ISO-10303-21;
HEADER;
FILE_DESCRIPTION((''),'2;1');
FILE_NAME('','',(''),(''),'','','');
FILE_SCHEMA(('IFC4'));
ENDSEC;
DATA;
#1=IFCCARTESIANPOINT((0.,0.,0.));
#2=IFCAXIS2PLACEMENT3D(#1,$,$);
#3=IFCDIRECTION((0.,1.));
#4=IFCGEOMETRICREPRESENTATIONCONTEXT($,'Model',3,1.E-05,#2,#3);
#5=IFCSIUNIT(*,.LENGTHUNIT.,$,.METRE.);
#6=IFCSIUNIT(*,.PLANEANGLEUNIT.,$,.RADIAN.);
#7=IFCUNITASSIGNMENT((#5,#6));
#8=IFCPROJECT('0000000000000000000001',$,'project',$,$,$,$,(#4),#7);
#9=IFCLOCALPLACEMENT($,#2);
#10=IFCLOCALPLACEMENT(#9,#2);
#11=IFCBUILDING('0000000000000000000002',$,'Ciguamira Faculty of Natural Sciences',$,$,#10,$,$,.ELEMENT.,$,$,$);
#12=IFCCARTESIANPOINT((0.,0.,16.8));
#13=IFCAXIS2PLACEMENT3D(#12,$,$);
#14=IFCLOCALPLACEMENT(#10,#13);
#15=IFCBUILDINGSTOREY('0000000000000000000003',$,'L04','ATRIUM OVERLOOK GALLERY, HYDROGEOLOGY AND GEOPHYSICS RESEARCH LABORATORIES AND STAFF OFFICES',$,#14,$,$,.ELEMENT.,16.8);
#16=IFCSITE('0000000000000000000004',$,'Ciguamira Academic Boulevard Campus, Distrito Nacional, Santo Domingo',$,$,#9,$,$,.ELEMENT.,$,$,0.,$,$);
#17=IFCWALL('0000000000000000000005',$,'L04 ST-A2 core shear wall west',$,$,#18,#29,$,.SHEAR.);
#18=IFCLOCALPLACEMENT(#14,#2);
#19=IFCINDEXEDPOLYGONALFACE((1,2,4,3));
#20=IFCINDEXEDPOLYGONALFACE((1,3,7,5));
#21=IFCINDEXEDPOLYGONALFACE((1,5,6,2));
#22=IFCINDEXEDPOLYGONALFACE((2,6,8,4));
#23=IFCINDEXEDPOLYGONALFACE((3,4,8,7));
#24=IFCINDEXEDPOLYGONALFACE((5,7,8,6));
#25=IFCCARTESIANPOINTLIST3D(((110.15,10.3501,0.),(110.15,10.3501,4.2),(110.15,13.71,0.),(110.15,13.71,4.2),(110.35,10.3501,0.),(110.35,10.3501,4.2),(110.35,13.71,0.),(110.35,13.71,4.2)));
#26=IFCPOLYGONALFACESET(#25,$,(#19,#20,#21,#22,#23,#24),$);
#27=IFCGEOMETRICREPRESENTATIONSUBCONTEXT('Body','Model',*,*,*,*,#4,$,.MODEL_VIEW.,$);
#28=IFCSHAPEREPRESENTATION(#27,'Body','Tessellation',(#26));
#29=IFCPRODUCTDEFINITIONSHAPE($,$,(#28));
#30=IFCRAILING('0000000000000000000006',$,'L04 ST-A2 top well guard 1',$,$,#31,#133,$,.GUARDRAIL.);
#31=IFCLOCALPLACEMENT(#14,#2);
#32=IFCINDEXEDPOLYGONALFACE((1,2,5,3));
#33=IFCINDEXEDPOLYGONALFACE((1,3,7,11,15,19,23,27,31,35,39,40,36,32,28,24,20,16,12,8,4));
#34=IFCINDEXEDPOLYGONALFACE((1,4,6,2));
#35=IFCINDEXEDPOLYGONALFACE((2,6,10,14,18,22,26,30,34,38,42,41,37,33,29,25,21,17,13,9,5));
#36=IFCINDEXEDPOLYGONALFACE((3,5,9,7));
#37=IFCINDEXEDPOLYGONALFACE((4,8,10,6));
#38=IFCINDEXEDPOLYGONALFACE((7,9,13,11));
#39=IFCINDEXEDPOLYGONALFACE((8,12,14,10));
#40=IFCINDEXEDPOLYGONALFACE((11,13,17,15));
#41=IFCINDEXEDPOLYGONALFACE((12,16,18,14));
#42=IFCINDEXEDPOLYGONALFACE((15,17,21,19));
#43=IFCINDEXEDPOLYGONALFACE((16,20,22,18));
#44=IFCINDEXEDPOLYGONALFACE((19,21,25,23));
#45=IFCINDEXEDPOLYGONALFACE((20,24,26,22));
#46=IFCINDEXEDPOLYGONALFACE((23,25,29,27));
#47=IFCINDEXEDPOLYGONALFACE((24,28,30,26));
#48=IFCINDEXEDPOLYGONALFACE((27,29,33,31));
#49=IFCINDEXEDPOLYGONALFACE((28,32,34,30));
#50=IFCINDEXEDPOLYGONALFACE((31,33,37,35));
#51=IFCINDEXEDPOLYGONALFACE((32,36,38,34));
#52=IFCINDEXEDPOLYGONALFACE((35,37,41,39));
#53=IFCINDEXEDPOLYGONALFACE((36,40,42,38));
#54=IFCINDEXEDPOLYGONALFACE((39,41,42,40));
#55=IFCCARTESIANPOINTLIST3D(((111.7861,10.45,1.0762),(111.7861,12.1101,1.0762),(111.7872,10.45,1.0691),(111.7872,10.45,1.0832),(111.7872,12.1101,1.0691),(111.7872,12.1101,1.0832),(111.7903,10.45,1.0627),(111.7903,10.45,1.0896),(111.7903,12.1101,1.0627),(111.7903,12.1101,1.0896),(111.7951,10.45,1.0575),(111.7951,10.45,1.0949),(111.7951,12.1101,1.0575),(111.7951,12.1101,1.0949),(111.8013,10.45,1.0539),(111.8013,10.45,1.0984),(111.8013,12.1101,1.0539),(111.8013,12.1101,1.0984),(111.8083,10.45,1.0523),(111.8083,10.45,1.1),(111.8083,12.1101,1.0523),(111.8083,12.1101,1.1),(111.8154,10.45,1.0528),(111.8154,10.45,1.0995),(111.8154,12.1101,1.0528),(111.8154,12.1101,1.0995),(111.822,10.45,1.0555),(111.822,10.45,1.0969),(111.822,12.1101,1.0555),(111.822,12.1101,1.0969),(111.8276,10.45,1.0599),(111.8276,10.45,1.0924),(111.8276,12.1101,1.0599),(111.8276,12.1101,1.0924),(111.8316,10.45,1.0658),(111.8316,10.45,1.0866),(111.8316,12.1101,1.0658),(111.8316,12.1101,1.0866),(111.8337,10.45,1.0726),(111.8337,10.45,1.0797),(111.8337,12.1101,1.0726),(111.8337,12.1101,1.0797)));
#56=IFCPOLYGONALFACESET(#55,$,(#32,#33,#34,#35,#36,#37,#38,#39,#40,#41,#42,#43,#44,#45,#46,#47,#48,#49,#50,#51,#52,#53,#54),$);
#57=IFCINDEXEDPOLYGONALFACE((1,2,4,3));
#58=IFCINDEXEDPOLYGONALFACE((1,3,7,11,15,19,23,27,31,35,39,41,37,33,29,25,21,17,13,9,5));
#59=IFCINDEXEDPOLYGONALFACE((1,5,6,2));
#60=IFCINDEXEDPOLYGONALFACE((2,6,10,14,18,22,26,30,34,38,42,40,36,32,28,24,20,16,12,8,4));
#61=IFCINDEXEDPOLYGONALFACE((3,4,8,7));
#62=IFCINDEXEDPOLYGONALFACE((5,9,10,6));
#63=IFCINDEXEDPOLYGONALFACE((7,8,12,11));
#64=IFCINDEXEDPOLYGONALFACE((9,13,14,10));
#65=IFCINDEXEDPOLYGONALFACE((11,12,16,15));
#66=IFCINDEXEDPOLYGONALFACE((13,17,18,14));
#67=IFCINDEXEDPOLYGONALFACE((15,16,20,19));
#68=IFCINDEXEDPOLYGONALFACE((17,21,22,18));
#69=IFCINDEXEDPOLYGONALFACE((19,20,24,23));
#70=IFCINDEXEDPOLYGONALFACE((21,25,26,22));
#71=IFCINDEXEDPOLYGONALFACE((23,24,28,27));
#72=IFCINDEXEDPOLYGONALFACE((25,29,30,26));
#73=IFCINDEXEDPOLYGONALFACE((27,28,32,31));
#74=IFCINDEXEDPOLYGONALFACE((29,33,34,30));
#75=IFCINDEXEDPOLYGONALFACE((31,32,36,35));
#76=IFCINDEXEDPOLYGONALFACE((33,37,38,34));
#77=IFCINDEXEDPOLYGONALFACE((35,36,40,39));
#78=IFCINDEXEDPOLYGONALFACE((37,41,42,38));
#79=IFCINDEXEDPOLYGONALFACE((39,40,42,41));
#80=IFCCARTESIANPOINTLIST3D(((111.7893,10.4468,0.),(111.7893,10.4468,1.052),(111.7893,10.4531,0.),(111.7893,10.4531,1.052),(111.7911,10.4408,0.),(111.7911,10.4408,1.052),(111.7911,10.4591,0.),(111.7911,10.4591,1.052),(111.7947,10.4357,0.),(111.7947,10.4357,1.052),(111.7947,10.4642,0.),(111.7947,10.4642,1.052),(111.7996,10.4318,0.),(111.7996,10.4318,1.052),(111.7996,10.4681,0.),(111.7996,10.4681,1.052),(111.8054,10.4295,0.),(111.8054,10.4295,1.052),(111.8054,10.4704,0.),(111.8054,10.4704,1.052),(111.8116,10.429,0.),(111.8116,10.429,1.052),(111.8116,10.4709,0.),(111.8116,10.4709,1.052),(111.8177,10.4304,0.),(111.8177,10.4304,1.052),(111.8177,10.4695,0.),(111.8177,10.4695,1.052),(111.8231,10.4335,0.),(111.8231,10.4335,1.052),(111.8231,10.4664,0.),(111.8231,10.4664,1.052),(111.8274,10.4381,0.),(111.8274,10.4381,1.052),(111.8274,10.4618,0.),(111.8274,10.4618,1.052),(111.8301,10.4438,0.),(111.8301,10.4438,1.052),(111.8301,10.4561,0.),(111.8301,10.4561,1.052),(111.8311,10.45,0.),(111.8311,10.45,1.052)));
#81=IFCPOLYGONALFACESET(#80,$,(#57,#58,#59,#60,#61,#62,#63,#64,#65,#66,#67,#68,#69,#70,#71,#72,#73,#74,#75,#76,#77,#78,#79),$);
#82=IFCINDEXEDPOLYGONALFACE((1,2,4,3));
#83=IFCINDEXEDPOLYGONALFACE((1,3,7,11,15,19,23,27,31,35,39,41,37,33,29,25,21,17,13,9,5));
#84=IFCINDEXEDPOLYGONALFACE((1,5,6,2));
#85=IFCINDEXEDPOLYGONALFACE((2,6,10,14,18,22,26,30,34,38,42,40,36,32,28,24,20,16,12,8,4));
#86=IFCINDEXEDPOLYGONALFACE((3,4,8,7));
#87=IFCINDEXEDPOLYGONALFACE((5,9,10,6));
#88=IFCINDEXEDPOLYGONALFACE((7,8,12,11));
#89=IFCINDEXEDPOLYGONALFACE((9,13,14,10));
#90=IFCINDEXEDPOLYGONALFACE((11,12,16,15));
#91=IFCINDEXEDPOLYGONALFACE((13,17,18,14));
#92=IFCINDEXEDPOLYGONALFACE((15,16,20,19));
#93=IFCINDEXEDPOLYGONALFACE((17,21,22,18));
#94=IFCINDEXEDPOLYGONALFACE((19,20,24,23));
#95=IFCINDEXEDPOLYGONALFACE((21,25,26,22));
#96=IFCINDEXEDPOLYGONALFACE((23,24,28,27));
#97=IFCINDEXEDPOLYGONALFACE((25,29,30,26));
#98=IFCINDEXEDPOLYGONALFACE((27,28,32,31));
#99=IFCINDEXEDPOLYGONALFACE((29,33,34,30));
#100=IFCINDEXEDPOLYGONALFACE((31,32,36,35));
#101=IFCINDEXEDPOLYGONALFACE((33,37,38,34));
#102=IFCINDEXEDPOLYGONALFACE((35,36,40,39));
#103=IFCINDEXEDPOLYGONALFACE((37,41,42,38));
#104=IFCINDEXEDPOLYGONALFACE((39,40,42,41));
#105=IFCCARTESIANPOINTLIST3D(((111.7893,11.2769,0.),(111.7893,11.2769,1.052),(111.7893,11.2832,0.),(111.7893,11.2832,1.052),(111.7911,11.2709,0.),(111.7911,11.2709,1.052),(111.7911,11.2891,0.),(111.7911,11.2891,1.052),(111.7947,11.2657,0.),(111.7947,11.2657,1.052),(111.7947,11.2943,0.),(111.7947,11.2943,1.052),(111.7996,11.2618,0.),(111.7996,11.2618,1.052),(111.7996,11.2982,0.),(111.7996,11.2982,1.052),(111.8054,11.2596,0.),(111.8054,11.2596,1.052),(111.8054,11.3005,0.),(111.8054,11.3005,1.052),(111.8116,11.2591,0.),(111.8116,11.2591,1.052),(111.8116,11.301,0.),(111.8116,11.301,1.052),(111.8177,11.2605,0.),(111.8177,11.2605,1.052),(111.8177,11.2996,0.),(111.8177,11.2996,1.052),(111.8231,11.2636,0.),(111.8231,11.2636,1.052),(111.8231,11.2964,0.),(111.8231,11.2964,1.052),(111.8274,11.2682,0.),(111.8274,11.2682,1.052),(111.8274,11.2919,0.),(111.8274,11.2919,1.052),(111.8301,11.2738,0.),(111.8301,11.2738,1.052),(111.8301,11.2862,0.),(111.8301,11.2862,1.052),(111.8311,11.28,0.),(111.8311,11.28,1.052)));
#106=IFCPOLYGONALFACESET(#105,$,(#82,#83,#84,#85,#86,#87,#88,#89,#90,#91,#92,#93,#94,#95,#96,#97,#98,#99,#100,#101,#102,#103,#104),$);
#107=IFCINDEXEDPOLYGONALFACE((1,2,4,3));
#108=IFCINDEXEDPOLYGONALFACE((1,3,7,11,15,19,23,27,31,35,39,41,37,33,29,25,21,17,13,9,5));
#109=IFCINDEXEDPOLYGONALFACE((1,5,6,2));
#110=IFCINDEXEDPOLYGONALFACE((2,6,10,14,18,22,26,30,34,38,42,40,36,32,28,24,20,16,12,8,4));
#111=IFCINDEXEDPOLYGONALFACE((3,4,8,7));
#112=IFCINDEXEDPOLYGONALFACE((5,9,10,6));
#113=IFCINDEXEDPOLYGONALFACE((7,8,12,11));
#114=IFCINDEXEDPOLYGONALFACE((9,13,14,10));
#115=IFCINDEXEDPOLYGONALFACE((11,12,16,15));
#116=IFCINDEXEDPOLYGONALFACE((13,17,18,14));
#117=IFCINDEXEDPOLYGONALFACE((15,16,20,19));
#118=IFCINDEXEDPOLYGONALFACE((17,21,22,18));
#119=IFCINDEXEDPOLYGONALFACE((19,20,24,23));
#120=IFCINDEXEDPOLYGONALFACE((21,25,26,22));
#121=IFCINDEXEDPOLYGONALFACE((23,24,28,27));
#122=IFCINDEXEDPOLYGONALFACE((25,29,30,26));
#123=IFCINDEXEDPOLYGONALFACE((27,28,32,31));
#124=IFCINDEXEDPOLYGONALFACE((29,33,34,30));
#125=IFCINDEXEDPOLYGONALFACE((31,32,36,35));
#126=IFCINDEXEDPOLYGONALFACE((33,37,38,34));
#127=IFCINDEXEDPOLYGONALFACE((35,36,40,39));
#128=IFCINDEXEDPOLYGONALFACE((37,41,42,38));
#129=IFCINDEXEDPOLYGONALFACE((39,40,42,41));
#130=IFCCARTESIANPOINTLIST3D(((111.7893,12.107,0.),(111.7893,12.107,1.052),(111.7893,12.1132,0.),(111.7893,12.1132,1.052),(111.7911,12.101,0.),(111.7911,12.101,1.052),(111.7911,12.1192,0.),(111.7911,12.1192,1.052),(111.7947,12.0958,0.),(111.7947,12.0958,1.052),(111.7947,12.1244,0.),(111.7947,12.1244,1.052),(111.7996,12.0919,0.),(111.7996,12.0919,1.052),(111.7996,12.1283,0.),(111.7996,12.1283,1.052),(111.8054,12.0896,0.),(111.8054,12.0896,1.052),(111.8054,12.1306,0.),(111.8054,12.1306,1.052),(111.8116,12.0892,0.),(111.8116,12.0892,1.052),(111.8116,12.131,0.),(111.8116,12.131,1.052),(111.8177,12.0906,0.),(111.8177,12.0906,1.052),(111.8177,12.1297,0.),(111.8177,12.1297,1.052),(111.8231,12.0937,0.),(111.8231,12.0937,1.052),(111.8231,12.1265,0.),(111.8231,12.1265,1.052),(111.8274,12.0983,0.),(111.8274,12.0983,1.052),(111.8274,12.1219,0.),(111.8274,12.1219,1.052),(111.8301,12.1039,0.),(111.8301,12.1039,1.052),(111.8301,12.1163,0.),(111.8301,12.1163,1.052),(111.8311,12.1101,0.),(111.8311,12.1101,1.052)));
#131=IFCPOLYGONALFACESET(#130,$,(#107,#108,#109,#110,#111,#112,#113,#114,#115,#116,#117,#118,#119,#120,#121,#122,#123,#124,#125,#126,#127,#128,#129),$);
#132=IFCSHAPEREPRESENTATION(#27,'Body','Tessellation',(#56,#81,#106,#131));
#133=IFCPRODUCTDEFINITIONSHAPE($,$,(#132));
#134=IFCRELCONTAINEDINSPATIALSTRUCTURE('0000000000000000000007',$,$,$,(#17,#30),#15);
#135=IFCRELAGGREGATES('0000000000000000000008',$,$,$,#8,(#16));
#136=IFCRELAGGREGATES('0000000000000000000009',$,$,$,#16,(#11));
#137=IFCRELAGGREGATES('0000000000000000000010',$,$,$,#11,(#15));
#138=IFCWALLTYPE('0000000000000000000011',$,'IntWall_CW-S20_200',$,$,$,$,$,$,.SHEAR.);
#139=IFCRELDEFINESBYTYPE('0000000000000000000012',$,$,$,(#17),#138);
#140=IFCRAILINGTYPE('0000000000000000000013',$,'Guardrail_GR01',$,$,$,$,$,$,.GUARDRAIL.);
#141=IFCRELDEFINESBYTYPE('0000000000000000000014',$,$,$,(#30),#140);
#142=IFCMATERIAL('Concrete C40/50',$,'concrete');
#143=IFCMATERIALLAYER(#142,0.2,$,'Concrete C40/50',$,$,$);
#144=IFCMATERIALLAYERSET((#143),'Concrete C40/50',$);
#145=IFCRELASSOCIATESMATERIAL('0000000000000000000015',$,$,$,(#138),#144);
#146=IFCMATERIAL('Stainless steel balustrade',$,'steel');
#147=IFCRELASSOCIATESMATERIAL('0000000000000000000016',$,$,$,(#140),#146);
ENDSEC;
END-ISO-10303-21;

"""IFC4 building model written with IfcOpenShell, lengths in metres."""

from ifc_helpers import new_model, si_unit, direction, frame, frame_2d, origin, origin_2d, place, context, subcontext, project, spatial, rectangle, circle, extrude, material, layer, layer_set, type_object, element, save


model = new_model("IFC4")

# Units and contexts
model_context = context("Model", 3, precision=1e-05, world=origin(), true_north=direction((0.0, 1.0)))
body_context = subcontext(model_context, "Body", "Model", "MODEL_VIEW")
ifc_project = project(units=[si_unit("LENGTHUNIT", "METRE"), si_unit("PLANEANGLEUNIT", "RADIAN")], contexts=[model_context])

# Site, building, storey
site_placement = place(None, origin())
site = spatial("IfcSite", under=ifc_project, at=site_placement, Name="Ciguamira Academic Boulevard Campus, Distrito Nacional, Santo Domingo", CompositionType="ELEMENT", RefElevation=0.0)
building_placement = place(site_placement, origin())
building = spatial("IfcBuilding", under=site, at=building_placement, Name="Ciguamira Faculty of Natural Sciences", CompositionType="ELEMENT")
storey_placement = place(building_placement, frame((0.0, 0.0, 16.8)))
storey = spatial("IfcBuildingStorey", under=building, at=storey_placement, Name="L04", Description="ATRIUM OVERLOOK GALLERY, HYDROGEOLOGY AND GEOPHYSICS RESEARCH LABORATORIES AND STAFF OFFICES", CompositionType="ELEMENT", Elevation=16.8)

# Shared definitions
ifc_material_1 = material(Name="Concrete C40/50", Category="concrete")

# Shared definitions
ifc_layer_1 = layer(ifc_material_1, 0.2, Name="Concrete C40/50")
ifc_layer_set_1 = layer_set([ifc_layer_1], Name="Concrete C40/50")
wall_type = type_object("IfcWallType", Name="IntWall_CW-S20_200", PredefinedType="SHEAR", material=ifc_layer_set_1)

# Wall
wall_1_placement = place(storey_placement, frame((110.25, 10.3501, 0.0), z_axis=(0.0, 0.0, 1.0), x_axis=(0.0, 1.0, 0.0)))
element("IfcWall", 1, at=wall_1_placement, inside=storey, type_object=wall_type, Name="L04 ST-A2 core shear wall west", PredefinedType="SHEAR", context=body_context, shape_type="SweptSolid", body=[
    extrude(rectangle(XDim=3.3599, YDim=0.2, at=frame_2d((1.6799, 0.0))), origin(), (0.0, 0.0, 1.0), 4.2),
])

# Railing
ifc_material_2 = material(Name="Stainless steel balustrade", Category="steel")
railing_type = type_object("IfcRailingType", Name="Guardrail_GR01", PredefinedType="GUARDRAIL", material=ifc_material_2)
railing_placement = place(storey_placement, frame((111.8101, 10.45, 0.0)))
element("IfcRailing", 2, at=railing_placement, inside=storey, type_object=railing_type, Name="L04 ST-A2 top well guard 1", PredefinedType="GUARDRAIL", context=body_context, shape_type="SweptSolid", body=[
    extrude(circle(Radius=0.0239, at=origin_2d()), frame((0.0, 0.0, 1.0762), z_axis=(0.0, 1.0, 0.0), x_axis=(-1.0, 0.0, 0.0)), (0.0, 0.0, 1.0), 1.6602),
    extrude(circle(Radius=0.021, at=origin_2d()), origin(), (0.0, 0.0, 1.0), 1.052),
    extrude(circle(Radius=0.021, at=origin_2d()), frame((0.0, 0.8301, 0.0)), (0.0, 0.0, 1.0), 1.052),
    extrude(circle(Radius=0.021, at=origin_2d()), frame((0.0, 1.6602, 0.0)), (0.0, 0.0, 1.0), 1.052),
])

save(model, "model.ifc")
